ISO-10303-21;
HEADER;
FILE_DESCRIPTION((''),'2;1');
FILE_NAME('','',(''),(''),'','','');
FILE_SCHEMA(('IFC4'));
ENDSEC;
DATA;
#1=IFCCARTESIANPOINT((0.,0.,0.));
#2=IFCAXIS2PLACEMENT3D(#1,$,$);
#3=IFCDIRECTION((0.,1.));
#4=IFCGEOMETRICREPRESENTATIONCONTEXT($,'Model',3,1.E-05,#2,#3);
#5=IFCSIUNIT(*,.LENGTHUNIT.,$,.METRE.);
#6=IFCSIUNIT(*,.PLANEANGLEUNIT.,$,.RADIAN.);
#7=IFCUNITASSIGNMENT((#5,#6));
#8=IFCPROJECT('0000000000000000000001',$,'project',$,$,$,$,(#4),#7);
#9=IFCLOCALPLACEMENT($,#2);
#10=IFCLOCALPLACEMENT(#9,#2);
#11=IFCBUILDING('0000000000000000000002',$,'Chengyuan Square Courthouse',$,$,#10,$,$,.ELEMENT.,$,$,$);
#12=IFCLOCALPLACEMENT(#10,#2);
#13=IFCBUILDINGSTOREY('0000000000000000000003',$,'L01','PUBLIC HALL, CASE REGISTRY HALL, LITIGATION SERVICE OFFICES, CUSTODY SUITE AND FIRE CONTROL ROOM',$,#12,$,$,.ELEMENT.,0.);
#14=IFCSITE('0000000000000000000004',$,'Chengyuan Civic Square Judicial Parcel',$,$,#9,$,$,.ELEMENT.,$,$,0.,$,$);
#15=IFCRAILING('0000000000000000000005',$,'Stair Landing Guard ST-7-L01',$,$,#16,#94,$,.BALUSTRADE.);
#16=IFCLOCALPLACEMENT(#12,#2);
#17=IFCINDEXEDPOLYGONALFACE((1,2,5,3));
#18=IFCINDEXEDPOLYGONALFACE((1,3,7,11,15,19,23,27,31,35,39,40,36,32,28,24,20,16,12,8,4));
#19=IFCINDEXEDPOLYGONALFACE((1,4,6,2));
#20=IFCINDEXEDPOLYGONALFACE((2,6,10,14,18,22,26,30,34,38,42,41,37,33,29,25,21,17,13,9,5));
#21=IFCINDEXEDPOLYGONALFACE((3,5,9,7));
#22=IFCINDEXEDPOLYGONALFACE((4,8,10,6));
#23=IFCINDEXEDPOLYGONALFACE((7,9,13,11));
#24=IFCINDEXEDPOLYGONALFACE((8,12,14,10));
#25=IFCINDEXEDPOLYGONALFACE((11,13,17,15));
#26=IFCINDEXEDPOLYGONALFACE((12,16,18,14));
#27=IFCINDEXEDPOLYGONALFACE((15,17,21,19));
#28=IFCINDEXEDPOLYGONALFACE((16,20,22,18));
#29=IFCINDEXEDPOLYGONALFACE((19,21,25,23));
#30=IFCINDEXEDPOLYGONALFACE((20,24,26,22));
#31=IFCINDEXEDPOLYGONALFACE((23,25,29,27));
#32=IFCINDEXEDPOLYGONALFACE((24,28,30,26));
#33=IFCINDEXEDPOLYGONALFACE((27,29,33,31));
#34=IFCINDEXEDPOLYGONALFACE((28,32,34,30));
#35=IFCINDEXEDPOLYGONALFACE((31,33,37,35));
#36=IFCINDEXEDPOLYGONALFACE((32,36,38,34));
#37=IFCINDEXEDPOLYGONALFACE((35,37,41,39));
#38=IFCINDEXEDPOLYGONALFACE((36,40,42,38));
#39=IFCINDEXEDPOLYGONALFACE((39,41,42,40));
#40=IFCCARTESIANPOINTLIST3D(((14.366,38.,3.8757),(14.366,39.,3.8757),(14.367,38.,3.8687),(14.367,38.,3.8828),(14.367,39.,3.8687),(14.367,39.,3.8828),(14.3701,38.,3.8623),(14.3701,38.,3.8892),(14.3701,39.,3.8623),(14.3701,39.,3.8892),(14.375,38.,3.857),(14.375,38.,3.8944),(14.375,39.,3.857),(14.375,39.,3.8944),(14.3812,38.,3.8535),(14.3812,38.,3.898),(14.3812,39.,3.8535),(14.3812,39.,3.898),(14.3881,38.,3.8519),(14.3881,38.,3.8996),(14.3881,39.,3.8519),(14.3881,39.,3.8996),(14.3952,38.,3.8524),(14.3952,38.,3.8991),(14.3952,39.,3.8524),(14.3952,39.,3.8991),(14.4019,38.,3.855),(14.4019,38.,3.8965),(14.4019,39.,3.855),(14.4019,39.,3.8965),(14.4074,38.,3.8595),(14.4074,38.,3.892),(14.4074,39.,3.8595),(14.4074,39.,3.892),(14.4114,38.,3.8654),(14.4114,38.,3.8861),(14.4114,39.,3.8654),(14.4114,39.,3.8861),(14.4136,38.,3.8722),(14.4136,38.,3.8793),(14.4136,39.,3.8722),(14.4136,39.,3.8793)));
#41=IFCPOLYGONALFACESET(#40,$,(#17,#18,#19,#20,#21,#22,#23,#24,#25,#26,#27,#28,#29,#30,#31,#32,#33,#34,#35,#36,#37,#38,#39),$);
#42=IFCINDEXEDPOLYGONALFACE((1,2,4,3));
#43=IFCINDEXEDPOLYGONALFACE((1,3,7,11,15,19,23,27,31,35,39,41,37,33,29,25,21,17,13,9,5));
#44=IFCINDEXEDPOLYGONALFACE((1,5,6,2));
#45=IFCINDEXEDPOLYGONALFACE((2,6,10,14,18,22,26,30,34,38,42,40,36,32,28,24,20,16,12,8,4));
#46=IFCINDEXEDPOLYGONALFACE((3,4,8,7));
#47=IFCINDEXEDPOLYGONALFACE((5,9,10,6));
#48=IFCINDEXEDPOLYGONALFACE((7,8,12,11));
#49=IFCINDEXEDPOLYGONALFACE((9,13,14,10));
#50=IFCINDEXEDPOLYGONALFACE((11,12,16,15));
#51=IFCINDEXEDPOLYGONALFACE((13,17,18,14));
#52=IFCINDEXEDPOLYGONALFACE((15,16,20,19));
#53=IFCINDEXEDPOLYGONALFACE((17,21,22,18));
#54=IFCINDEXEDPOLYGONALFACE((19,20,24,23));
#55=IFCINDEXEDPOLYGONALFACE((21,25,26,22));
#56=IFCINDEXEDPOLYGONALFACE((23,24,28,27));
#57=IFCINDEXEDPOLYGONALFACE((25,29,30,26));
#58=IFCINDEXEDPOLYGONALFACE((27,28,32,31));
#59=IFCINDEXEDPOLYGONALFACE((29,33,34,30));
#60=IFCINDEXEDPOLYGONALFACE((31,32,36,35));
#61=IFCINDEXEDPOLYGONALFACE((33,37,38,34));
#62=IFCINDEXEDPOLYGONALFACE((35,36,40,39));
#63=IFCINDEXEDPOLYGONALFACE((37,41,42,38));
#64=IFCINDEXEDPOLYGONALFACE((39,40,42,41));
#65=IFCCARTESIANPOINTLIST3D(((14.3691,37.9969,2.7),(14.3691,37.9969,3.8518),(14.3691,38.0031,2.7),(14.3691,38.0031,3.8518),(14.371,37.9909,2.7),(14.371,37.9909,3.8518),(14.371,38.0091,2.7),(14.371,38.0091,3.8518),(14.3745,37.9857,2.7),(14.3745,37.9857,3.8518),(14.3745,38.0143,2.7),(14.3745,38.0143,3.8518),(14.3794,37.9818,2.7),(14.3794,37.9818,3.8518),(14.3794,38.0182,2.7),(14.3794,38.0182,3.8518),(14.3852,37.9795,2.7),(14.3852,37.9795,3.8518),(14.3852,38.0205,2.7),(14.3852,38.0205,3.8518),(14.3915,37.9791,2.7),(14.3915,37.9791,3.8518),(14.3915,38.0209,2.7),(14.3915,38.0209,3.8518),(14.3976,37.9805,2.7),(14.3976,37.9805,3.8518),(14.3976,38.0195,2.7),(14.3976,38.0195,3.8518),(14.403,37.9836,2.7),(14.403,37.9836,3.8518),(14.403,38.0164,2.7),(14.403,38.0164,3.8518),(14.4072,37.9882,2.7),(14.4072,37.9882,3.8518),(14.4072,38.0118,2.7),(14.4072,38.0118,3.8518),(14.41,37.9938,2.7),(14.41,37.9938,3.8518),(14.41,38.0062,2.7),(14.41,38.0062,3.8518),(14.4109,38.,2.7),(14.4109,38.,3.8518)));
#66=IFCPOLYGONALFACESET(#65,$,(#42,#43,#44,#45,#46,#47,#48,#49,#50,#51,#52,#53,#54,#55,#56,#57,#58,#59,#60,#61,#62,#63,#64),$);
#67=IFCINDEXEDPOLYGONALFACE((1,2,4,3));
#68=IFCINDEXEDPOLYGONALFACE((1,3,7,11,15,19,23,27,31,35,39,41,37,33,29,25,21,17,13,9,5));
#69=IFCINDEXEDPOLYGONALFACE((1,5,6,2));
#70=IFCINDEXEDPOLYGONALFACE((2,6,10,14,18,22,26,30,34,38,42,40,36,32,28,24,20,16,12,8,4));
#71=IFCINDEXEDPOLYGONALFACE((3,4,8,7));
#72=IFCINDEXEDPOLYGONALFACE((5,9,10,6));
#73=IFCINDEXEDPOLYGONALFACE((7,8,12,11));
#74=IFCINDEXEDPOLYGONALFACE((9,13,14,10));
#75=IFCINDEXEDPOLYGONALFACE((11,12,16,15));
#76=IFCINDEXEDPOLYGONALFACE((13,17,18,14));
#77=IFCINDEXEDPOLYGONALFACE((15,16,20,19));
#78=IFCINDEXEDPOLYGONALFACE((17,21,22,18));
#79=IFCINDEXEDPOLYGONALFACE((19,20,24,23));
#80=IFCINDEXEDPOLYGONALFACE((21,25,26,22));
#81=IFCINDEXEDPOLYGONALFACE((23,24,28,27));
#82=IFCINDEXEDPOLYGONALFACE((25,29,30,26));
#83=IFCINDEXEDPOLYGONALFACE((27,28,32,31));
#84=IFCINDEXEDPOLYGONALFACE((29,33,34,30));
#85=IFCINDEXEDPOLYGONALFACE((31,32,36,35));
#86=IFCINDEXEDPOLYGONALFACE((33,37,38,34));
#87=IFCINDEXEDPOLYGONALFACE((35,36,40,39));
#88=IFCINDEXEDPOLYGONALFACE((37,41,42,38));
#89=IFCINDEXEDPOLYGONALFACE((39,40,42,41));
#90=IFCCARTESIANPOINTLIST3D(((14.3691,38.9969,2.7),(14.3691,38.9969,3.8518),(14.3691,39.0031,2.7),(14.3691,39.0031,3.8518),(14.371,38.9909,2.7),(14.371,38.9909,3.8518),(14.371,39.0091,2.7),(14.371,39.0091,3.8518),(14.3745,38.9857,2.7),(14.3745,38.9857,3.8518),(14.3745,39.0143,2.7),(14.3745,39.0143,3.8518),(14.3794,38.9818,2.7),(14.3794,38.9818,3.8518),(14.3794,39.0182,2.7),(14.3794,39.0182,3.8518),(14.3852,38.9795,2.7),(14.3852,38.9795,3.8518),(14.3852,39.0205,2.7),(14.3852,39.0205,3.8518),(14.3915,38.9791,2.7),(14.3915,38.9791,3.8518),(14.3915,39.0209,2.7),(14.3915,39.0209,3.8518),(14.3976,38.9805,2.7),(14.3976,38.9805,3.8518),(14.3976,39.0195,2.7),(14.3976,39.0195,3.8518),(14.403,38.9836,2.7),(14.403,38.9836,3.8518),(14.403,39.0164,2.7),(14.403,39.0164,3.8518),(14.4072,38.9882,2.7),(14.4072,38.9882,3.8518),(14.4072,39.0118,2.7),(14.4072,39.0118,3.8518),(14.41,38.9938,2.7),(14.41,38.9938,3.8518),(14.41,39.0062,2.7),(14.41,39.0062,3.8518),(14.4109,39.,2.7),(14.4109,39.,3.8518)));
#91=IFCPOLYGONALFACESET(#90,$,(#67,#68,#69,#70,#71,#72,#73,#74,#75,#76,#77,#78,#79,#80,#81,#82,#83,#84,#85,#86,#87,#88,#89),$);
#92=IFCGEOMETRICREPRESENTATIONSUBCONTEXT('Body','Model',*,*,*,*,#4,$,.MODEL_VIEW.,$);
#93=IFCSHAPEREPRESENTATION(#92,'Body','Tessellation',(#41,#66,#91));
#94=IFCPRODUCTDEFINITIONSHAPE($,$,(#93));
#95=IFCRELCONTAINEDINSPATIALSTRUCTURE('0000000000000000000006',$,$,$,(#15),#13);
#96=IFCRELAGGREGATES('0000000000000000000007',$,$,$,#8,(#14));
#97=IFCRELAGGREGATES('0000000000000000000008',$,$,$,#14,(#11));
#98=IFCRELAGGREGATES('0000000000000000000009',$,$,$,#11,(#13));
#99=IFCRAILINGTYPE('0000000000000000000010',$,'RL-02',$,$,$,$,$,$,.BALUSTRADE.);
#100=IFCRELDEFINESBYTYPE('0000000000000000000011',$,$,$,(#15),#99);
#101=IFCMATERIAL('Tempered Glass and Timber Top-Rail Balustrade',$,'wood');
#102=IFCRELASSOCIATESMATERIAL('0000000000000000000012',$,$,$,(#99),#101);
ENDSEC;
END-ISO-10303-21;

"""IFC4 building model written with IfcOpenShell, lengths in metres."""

from ifc_helpers import new_model, si_unit, direction, frame, origin, origin_2d, place, context, subcontext, project, spatial, circle, extrude, material, type_object, element, save


model = new_model("IFC4")

# Units and contexts
model_context = context("Model", 3, precision=1e-05, world=origin(), true_north=direction((0.0, 1.0)))
body_context = subcontext(model_context, "Body", "Model", "MODEL_VIEW")
ifc_project = project(units=[si_unit("LENGTHUNIT", "METRE"), si_unit("PLANEANGLEUNIT", "RADIAN")], contexts=[model_context])

# Site, building, storey
site_placement = place(None, origin())
site = spatial("IfcSite", under=ifc_project, at=site_placement, Name="Chengyuan Civic Square Judicial Parcel", CompositionType="ELEMENT", RefElevation=0.0)
building_placement = place(site_placement, origin())
building = spatial("IfcBuilding", under=site, at=building_placement, Name="Chengyuan Square Courthouse", CompositionType="ELEMENT")
storey_placement = place(building_placement, origin())
storey = spatial("IfcBuildingStorey", under=building, at=storey_placement, Name="L01", Description="PUBLIC HALL, CASE REGISTRY HALL, LITIGATION SERVICE OFFICES, CUSTODY SUITE AND FIRE CONTROL ROOM", CompositionType="ELEMENT", Elevation=0.0)

# Railing
ifc_material_1 = material(Name="Tempered Glass and Timber Top-Rail Balustrade", Category="wood")
railing_type_1 = type_object("IfcRailingType", Name="RL-02", PredefinedType="BALUSTRADE", material=ifc_material_1)
for number, where, name in (
    (1, (14.3899, 38.0, 2.7), "Stair Landing Guard ST-7-L01"),
):
    element("IfcRailing", number, at=place(storey_placement, frame(where)), inside=storey, type_object=railing_type_1, Name=name, PredefinedType="BALUSTRADE", context=body_context, shape_type="SweptSolid", body=[
        extrude(circle(Radius=0.0239, at=origin_2d()), frame((0.0, 0.0, 1.1758), z_axis=(0.0, 1.0, 0.0), x_axis=(-1.0, 0.0, 0.0)), (0.0, 0.0, 1.0), 1.0),
        extrude(circle(Radius=0.021, at=origin_2d()), origin(), (0.0, 0.0, 1.0), 1.1519),
        extrude(circle(Radius=0.021, at=origin_2d()), frame((0.0, 1.0, 0.0)), (0.0, 0.0, 1.0), 1.1519),
    ])

save(model, "model.ifc")
